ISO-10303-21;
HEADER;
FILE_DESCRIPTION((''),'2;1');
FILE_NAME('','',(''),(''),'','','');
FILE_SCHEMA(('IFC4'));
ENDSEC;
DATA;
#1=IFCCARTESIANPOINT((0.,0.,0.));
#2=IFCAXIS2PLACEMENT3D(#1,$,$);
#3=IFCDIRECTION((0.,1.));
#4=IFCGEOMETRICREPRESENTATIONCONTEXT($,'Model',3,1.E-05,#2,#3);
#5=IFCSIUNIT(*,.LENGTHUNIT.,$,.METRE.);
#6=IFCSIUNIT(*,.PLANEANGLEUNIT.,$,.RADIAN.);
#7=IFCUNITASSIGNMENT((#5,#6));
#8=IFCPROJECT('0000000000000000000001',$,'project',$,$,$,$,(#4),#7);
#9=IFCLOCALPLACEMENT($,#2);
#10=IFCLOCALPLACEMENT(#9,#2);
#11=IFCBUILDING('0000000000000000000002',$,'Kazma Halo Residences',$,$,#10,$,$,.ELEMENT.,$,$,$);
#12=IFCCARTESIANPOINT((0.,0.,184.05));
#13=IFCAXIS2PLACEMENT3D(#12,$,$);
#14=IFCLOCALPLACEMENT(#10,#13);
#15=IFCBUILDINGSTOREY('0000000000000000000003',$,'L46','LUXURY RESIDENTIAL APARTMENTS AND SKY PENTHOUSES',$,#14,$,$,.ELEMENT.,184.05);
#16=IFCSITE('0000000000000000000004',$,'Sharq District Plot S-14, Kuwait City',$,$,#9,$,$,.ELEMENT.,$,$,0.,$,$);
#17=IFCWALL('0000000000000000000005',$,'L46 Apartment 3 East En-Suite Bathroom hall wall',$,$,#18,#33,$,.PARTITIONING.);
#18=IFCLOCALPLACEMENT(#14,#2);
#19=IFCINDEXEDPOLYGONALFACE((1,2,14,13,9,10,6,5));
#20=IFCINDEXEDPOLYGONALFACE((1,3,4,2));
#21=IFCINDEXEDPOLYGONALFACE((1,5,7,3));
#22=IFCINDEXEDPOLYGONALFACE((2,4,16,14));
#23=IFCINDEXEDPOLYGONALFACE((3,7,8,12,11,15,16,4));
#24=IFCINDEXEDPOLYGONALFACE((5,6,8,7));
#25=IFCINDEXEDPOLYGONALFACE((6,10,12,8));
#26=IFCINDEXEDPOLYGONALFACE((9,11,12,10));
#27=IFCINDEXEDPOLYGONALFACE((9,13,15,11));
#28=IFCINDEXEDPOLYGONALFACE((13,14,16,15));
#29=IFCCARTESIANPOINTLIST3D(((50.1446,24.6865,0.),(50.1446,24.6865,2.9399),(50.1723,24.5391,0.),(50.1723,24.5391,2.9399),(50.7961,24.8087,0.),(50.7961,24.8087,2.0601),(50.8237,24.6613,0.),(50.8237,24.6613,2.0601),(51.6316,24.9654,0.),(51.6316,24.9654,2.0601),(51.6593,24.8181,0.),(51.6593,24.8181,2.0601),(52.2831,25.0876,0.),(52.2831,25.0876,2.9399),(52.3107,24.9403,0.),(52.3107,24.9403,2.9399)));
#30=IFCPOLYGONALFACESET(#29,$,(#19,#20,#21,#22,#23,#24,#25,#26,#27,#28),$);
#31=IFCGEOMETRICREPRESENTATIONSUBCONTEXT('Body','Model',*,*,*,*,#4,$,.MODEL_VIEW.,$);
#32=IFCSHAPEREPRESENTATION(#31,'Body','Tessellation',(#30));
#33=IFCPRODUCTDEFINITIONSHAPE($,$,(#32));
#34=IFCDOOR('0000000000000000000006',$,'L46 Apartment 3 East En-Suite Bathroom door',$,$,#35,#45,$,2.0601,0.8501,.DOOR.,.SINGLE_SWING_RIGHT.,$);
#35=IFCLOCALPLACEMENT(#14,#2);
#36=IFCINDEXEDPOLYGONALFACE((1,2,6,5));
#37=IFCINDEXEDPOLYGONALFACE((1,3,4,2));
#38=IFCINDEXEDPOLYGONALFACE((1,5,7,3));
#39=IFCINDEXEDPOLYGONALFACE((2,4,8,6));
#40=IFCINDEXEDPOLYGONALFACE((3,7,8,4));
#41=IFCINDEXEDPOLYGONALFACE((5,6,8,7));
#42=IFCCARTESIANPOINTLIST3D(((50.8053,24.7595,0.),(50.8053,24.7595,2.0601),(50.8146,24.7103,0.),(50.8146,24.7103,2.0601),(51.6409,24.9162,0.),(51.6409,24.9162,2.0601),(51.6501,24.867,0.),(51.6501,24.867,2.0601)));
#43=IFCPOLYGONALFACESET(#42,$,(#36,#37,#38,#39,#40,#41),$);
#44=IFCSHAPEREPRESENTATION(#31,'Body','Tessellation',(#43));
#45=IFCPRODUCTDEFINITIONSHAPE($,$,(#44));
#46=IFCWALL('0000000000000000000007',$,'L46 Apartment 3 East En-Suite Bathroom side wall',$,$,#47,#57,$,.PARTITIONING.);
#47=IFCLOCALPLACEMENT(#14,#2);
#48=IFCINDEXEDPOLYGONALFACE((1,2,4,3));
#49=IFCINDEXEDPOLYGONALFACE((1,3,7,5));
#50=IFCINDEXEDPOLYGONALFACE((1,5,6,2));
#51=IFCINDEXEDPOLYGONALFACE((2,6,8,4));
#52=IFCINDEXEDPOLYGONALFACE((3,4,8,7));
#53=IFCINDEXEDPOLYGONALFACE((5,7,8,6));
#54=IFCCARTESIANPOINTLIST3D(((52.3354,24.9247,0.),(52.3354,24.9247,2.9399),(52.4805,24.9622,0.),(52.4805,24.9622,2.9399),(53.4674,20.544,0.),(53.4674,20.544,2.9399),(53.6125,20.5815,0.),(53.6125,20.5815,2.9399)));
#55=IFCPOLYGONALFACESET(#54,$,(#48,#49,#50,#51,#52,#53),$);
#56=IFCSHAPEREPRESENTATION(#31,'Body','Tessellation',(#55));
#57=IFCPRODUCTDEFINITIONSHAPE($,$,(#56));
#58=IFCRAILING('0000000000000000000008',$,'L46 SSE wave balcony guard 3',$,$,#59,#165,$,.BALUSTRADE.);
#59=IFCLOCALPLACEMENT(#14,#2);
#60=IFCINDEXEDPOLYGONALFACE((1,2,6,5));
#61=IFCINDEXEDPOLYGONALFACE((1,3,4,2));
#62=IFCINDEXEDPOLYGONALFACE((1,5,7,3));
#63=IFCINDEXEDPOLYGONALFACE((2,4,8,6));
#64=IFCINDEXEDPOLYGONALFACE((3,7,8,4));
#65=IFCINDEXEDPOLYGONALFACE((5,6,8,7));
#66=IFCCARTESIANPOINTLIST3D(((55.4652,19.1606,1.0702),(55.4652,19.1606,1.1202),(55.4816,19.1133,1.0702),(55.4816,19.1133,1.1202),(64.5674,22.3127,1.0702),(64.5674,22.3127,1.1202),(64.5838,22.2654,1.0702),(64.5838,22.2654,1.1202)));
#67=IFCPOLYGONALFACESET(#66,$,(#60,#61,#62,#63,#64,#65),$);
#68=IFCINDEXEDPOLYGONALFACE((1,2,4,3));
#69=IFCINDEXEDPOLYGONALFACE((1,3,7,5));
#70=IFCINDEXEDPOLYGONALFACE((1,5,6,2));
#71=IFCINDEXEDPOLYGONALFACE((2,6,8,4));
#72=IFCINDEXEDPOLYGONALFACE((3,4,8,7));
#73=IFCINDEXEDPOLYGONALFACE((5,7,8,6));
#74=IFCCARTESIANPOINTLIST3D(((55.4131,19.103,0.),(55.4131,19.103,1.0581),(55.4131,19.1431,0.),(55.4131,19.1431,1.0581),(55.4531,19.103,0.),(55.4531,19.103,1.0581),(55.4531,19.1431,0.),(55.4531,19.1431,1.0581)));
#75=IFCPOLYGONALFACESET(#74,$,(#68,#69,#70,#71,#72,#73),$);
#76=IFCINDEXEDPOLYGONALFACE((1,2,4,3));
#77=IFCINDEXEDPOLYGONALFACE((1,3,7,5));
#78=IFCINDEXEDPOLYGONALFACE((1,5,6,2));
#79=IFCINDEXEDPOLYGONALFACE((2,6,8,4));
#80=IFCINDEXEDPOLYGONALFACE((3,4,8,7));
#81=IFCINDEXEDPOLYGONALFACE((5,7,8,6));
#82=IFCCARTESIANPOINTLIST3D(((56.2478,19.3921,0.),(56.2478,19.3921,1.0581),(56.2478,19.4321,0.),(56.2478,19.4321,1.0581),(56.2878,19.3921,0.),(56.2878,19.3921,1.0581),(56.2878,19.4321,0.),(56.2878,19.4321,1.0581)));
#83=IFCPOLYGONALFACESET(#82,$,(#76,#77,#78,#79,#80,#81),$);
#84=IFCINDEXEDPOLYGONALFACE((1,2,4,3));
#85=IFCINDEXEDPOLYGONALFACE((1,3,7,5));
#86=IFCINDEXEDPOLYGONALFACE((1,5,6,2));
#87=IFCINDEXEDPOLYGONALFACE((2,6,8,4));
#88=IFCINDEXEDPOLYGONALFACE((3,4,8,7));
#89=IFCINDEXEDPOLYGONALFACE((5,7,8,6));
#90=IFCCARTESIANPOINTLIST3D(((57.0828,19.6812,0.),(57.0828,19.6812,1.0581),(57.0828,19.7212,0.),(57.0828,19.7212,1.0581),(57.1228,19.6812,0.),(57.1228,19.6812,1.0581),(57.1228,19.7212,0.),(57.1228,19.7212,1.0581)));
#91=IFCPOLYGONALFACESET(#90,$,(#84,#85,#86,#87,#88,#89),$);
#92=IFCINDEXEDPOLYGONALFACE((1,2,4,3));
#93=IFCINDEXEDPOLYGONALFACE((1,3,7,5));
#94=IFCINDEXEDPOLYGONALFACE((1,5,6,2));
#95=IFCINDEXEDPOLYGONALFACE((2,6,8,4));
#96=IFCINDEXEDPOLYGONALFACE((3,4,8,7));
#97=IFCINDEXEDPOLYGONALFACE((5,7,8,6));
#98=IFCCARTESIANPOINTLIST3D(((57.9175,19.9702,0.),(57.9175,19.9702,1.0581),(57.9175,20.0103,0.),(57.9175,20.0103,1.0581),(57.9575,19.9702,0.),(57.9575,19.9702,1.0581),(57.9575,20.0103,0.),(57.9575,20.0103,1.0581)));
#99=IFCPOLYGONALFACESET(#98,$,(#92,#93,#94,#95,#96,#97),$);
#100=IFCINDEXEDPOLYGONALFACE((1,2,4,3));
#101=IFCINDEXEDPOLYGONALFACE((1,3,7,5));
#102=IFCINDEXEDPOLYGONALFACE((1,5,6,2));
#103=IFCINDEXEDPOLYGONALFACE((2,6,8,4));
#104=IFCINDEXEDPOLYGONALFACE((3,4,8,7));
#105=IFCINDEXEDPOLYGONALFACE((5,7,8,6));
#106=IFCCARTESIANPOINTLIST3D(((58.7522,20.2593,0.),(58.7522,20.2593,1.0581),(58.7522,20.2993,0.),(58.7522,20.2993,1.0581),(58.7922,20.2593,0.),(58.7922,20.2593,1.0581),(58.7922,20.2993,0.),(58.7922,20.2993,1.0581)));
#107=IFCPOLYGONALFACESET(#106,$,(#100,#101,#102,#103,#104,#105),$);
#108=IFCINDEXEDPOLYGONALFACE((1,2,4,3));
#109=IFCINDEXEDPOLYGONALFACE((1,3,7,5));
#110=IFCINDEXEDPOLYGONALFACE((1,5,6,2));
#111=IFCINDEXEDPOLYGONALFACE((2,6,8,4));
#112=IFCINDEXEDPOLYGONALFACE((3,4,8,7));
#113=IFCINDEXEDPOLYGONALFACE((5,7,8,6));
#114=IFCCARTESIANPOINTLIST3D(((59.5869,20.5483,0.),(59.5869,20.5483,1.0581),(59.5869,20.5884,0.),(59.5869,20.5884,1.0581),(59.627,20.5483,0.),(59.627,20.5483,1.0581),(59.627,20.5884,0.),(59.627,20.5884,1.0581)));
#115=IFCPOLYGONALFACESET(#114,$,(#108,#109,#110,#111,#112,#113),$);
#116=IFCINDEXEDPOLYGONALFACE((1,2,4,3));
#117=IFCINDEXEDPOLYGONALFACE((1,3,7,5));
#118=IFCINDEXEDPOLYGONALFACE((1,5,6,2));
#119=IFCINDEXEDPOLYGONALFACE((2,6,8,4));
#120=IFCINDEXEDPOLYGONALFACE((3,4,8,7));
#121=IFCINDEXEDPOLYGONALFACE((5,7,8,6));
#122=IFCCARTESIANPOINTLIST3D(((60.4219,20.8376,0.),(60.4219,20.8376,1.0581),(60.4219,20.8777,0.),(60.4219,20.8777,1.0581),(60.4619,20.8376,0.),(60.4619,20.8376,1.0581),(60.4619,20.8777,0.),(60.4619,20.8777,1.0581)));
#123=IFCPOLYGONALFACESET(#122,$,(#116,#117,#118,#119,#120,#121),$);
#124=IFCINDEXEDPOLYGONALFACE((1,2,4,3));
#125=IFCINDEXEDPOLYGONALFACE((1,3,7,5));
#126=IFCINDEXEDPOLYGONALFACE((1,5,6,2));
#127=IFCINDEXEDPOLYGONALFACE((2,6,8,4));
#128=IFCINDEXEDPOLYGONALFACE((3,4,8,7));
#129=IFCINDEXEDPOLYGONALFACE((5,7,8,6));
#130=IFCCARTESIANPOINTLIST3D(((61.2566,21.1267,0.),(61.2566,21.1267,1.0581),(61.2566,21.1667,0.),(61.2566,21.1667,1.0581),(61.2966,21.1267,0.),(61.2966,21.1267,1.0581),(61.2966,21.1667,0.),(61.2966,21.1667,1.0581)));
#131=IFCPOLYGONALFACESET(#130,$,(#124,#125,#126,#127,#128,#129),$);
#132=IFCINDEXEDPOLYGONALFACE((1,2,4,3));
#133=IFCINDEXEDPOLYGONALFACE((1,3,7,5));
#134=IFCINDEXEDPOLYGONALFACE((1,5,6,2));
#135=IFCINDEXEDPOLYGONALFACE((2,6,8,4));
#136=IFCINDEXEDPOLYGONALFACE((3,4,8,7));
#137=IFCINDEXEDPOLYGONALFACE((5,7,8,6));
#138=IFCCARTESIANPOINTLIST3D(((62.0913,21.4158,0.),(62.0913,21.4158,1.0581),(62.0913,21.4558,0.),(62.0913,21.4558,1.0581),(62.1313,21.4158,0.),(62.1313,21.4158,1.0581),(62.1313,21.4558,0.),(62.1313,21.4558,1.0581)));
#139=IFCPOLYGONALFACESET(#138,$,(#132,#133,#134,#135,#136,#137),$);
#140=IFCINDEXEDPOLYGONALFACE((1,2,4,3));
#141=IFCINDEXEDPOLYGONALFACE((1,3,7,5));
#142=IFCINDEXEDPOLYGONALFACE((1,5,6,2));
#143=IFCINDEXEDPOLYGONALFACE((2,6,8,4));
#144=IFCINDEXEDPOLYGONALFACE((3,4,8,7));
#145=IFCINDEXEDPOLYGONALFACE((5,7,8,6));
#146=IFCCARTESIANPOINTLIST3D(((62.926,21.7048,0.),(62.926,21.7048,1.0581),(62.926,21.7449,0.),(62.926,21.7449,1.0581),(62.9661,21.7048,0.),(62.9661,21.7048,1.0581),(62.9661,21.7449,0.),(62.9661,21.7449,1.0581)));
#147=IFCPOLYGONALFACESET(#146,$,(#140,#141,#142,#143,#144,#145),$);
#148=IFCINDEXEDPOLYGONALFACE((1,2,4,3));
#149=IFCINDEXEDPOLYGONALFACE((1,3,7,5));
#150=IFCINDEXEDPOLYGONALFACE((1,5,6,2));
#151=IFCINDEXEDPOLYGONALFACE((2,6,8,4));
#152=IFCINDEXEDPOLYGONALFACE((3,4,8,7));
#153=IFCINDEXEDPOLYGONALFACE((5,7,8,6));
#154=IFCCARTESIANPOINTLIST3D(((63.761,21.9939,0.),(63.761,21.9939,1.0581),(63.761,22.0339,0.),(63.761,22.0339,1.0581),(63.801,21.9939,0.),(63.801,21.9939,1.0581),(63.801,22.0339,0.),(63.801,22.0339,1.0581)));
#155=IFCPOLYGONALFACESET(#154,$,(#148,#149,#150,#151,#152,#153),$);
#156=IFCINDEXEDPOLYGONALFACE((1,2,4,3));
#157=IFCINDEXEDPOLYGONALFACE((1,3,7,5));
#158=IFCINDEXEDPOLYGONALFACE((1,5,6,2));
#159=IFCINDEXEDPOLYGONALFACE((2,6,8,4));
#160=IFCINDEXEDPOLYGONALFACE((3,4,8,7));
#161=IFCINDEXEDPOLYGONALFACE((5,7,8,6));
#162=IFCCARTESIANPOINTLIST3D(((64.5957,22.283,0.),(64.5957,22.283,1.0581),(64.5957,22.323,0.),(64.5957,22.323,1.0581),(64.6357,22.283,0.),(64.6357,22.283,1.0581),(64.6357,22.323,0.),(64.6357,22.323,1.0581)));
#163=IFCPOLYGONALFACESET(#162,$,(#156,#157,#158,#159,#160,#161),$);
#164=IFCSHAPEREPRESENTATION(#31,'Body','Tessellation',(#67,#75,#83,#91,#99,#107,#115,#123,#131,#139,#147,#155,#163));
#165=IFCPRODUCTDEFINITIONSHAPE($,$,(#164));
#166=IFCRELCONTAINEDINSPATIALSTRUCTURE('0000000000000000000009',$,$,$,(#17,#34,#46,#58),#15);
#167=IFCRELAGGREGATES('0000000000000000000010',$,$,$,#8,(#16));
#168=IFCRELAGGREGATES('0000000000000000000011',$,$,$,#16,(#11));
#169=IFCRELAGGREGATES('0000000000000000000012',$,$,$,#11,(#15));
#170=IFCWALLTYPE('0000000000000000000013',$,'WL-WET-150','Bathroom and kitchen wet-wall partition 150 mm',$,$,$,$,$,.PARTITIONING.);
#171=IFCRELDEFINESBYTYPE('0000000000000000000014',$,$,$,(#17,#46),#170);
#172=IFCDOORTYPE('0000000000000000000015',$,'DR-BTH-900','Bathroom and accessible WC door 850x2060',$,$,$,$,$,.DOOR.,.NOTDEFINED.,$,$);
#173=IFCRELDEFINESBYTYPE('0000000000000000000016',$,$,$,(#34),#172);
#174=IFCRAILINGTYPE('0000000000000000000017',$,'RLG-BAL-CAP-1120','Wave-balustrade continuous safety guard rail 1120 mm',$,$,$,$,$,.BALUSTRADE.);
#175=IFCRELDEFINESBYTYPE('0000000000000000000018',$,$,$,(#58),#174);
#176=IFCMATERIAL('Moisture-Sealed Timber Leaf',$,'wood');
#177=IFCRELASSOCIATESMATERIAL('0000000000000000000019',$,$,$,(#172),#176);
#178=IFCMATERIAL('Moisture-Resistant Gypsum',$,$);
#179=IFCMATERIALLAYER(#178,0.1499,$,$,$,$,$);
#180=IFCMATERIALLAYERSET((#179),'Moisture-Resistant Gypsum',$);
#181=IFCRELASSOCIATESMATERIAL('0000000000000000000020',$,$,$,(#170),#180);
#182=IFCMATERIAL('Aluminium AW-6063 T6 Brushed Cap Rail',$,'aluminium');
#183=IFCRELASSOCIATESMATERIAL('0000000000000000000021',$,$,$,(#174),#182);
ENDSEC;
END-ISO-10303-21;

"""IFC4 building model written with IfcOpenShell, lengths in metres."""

from ifc_helpers import new_model, si_unit, direction, frame, frame_2d, origin, origin_2d, place, context, subcontext, project, spatial, rectangle, extrude, material, layer, layer_set, type_object, element, fill, save


model = new_model("IFC4")

# Units and contexts
model_context = context("Model", 3, precision=1e-05, world=origin(), true_north=direction((0.0, 1.0)))
body_context = subcontext(model_context, "Body", "Model", "MODEL_VIEW")
ifc_project = project(units=[si_unit("LENGTHUNIT", "METRE"), si_unit("PLANEANGLEUNIT", "RADIAN")], contexts=[model_context])

# Site, building, storey
site_placement = place(None, origin())
site = spatial("IfcSite", under=ifc_project, at=site_placement, Name="Sharq District Plot S-14, Kuwait City", CompositionType="ELEMENT", RefElevation=0.0)
building_placement = place(site_placement, origin())
building = spatial("IfcBuilding", under=site, at=building_placement, Name="Kazma Halo Residences", CompositionType="ELEMENT")
storey_placement = place(building_placement, frame((0.0, 0.0, 184.05)))
storey = spatial("IfcBuildingStorey", under=building, at=storey_placement, Name="L46", Description="LUXURY RESIDENTIAL APARTMENTS AND SKY PENTHOUSES", CompositionType="ELEMENT", Elevation=184.05)

# Wall, opening, door
ifc_material_1 = material(Name="Moisture-Sealed Timber Leaf", Category="wood")
door_type_1 = type_object("IfcDoorType", Name="DR-BTH-900", Description="Bathroom and accessible WC door 850x2060", OperationType="NOTDEFINED", PredefinedType="DOOR", material=ifc_material_1)
ifc_material_2 = material(Name="Moisture-Resistant Gypsum")
ifc_layer_1 = layer(ifc_material_2, 0.1499)
ifc_layer_set_1 = layer_set([ifc_layer_1], Name="Moisture-Resistant Gypsum")
wall_type_1 = type_object("IfcWallType", Name="WL-WET-150", Description="Bathroom and kitchen wet-wall partition 150 mm", PredefinedType="PARTITIONING", material=ifc_layer_set_1)
wall_1_placement = place(storey_placement, frame((50.1584, 24.6128, 0.0), z_axis=(0.0, 0.0, 1.0), x_axis=(0.982858, 0.184363, 0.0)))
wall_1 = element("IfcWall", 1, at=wall_1_placement, inside=storey, type_object=wall_type_1, Name="L46 Apartment 3 East En-Suite Bathroom hall wall", PredefinedType="PARTITIONING", context=body_context, shape_type="SweptSolid", body=[
    extrude(rectangle(XDim=2.1758, YDim=0.1499, at=frame_2d((1.0879, 0.0))), origin(), (0.0, 0.0, 1.0), 2.9399),
])
opening_1_placement = place(wall_1_placement, frame((0.6628, 0.0, 0.0)))
opening_1 = element("IfcOpeningElement", 2, at=opening_1_placement, cuts=wall_1, PredefinedType="OPENING", context=body_context, shape_type="SweptSolid", body=[
    extrude(rectangle(XDim=0.8501, YDim=2.0601, at=frame_2d((0.425, 1.03))), frame((0.0, 0.085, 0.0), z_axis=(0.0, -1.0, 0.0), x_axis=(1.0, 0.0, 0.0)), (0.0, 0.0, 1.0), 0.1699),
])
door_1_placement = place(opening_1_placement, origin())
door_1 = element("IfcDoor", 3, at=door_1_placement, inside=storey, type_object=door_type_1, Name="L46 Apartment 3 East En-Suite Bathroom door", OperationType="SINGLE_SWING_RIGHT", OverallHeight=2.0601, OverallWidth=0.8501, PredefinedType="DOOR", context=body_context, shape_type="SweptSolid", body=[
    extrude(rectangle(XDim=0.8501, YDim=2.0601, at=frame_2d((0.425, 1.03))), frame((0.0, 0.0249, 0.0), z_axis=(0.0, -1.0, 0.0), x_axis=(1.0, 0.0, 0.0)), (0.0, 0.0, 1.0), 0.05),
])
fill(opening_1, door_1)

# Wall
wall_2_placement = place(storey_placement, frame((52.408, 24.9434, 0.0), z_axis=(0.0, 0.0, 1.0), x_axis=(0.250196, -0.968195, 0.0)))
element("IfcWall", 4, at=wall_2_placement, inside=storey, type_object=wall_type_1, Name="L46 Apartment 3 East En-Suite Bathroom side wall", PredefinedType="PARTITIONING", context=body_context, shape_type="SweptSolid", body=[
    extrude(rectangle(XDim=4.5247, YDim=0.1499, at=frame_2d((2.2622, 0.0))), origin(), (0.0, 0.0, 1.0), 2.9399),
])

# Railing
ifc_material_3 = material(Name="Aluminium AW-6063 T6 Brushed Cap Rail", Category="aluminium")
railing_type = type_object("IfcRailingType", Name="RLG-BAL-CAP-1120", Description="Wave-balustrade continuous safety guard rail 1120 mm", PredefinedType="BALUSTRADE", material=ifc_material_3)
railing_placement = place(storey_placement, frame((55.4331, 19.123, 0.0)))
element("IfcRailing", 5, at=railing_placement, inside=storey, type_object=railing_type, Name="L46 SSE wave balcony guard 3", PredefinedType="BALUSTRADE", context=body_context, shape_type="SweptSolid", body=[
    extrude(rectangle(XDim=0.05, YDim=0.05, at=origin_2d()), frame((0.0403, 0.0139, 1.0952), z_axis=(0.944944, 0.327233, 0.0), x_axis=(-0.327233, 0.944944, 0.0)), (0.0, 0.0, 1.0), 9.6326),
    extrude(rectangle(XDim=0.04, YDim=0.04, at=origin_2d()), origin(), (0.0, 0.0, 1.0), 1.0581),
    extrude(rectangle(XDim=0.04, YDim=0.04, at=origin_2d()), frame((0.8347, 0.2891, 0.0)), (0.0, 0.0, 1.0), 1.0581),
    extrude(rectangle(XDim=0.04, YDim=0.04, at=origin_2d()), frame((1.6697, 0.5781, 0.0)), (0.0, 0.0, 1.0), 1.0581),
    extrude(rectangle(XDim=0.04, YDim=0.04, at=origin_2d()), frame((2.5044, 0.8672, 0.0)), (0.0, 0.0, 1.0), 1.0581),
    extrude(rectangle(XDim=0.04, YDim=0.04, at=origin_2d()), frame((3.3391, 1.1562, 0.0)), (0.0, 0.0, 1.0), 1.0581),
    extrude(rectangle(XDim=0.04, YDim=0.04, at=origin_2d()), frame((4.1738, 1.4453, 0.0)), (0.0, 0.0, 1.0), 1.0581),
    extrude(rectangle(XDim=0.04, YDim=0.04, at=origin_2d()), frame((5.0088, 1.7346, 0.0)), (0.0, 0.0, 1.0), 1.0581),
    extrude(rectangle(XDim=0.04, YDim=0.04, at=origin_2d()), frame((5.8435, 2.0237, 0.0)), (0.0, 0.0, 1.0), 1.0581),
    extrude(rectangle(XDim=0.04, YDim=0.04, at=origin_2d()), frame((6.6782, 2.3127, 0.0)), (0.0, 0.0, 1.0), 1.0581),
    extrude(rectangle(XDim=0.04, YDim=0.04, at=origin_2d()), frame((7.5129, 2.6018, 0.0)), (0.0, 0.0, 1.0), 1.0581),
    extrude(rectangle(XDim=0.04, YDim=0.04, at=origin_2d()), frame((8.3479, 2.8909, 0.0)), (0.0, 0.0, 1.0), 1.0581),
    extrude(rectangle(XDim=0.04, YDim=0.04, at=origin_2d()), frame((9.1826, 3.1799, 0.0)), (0.0, 0.0, 1.0), 1.0581),
])

save(model, "model.ifc")
